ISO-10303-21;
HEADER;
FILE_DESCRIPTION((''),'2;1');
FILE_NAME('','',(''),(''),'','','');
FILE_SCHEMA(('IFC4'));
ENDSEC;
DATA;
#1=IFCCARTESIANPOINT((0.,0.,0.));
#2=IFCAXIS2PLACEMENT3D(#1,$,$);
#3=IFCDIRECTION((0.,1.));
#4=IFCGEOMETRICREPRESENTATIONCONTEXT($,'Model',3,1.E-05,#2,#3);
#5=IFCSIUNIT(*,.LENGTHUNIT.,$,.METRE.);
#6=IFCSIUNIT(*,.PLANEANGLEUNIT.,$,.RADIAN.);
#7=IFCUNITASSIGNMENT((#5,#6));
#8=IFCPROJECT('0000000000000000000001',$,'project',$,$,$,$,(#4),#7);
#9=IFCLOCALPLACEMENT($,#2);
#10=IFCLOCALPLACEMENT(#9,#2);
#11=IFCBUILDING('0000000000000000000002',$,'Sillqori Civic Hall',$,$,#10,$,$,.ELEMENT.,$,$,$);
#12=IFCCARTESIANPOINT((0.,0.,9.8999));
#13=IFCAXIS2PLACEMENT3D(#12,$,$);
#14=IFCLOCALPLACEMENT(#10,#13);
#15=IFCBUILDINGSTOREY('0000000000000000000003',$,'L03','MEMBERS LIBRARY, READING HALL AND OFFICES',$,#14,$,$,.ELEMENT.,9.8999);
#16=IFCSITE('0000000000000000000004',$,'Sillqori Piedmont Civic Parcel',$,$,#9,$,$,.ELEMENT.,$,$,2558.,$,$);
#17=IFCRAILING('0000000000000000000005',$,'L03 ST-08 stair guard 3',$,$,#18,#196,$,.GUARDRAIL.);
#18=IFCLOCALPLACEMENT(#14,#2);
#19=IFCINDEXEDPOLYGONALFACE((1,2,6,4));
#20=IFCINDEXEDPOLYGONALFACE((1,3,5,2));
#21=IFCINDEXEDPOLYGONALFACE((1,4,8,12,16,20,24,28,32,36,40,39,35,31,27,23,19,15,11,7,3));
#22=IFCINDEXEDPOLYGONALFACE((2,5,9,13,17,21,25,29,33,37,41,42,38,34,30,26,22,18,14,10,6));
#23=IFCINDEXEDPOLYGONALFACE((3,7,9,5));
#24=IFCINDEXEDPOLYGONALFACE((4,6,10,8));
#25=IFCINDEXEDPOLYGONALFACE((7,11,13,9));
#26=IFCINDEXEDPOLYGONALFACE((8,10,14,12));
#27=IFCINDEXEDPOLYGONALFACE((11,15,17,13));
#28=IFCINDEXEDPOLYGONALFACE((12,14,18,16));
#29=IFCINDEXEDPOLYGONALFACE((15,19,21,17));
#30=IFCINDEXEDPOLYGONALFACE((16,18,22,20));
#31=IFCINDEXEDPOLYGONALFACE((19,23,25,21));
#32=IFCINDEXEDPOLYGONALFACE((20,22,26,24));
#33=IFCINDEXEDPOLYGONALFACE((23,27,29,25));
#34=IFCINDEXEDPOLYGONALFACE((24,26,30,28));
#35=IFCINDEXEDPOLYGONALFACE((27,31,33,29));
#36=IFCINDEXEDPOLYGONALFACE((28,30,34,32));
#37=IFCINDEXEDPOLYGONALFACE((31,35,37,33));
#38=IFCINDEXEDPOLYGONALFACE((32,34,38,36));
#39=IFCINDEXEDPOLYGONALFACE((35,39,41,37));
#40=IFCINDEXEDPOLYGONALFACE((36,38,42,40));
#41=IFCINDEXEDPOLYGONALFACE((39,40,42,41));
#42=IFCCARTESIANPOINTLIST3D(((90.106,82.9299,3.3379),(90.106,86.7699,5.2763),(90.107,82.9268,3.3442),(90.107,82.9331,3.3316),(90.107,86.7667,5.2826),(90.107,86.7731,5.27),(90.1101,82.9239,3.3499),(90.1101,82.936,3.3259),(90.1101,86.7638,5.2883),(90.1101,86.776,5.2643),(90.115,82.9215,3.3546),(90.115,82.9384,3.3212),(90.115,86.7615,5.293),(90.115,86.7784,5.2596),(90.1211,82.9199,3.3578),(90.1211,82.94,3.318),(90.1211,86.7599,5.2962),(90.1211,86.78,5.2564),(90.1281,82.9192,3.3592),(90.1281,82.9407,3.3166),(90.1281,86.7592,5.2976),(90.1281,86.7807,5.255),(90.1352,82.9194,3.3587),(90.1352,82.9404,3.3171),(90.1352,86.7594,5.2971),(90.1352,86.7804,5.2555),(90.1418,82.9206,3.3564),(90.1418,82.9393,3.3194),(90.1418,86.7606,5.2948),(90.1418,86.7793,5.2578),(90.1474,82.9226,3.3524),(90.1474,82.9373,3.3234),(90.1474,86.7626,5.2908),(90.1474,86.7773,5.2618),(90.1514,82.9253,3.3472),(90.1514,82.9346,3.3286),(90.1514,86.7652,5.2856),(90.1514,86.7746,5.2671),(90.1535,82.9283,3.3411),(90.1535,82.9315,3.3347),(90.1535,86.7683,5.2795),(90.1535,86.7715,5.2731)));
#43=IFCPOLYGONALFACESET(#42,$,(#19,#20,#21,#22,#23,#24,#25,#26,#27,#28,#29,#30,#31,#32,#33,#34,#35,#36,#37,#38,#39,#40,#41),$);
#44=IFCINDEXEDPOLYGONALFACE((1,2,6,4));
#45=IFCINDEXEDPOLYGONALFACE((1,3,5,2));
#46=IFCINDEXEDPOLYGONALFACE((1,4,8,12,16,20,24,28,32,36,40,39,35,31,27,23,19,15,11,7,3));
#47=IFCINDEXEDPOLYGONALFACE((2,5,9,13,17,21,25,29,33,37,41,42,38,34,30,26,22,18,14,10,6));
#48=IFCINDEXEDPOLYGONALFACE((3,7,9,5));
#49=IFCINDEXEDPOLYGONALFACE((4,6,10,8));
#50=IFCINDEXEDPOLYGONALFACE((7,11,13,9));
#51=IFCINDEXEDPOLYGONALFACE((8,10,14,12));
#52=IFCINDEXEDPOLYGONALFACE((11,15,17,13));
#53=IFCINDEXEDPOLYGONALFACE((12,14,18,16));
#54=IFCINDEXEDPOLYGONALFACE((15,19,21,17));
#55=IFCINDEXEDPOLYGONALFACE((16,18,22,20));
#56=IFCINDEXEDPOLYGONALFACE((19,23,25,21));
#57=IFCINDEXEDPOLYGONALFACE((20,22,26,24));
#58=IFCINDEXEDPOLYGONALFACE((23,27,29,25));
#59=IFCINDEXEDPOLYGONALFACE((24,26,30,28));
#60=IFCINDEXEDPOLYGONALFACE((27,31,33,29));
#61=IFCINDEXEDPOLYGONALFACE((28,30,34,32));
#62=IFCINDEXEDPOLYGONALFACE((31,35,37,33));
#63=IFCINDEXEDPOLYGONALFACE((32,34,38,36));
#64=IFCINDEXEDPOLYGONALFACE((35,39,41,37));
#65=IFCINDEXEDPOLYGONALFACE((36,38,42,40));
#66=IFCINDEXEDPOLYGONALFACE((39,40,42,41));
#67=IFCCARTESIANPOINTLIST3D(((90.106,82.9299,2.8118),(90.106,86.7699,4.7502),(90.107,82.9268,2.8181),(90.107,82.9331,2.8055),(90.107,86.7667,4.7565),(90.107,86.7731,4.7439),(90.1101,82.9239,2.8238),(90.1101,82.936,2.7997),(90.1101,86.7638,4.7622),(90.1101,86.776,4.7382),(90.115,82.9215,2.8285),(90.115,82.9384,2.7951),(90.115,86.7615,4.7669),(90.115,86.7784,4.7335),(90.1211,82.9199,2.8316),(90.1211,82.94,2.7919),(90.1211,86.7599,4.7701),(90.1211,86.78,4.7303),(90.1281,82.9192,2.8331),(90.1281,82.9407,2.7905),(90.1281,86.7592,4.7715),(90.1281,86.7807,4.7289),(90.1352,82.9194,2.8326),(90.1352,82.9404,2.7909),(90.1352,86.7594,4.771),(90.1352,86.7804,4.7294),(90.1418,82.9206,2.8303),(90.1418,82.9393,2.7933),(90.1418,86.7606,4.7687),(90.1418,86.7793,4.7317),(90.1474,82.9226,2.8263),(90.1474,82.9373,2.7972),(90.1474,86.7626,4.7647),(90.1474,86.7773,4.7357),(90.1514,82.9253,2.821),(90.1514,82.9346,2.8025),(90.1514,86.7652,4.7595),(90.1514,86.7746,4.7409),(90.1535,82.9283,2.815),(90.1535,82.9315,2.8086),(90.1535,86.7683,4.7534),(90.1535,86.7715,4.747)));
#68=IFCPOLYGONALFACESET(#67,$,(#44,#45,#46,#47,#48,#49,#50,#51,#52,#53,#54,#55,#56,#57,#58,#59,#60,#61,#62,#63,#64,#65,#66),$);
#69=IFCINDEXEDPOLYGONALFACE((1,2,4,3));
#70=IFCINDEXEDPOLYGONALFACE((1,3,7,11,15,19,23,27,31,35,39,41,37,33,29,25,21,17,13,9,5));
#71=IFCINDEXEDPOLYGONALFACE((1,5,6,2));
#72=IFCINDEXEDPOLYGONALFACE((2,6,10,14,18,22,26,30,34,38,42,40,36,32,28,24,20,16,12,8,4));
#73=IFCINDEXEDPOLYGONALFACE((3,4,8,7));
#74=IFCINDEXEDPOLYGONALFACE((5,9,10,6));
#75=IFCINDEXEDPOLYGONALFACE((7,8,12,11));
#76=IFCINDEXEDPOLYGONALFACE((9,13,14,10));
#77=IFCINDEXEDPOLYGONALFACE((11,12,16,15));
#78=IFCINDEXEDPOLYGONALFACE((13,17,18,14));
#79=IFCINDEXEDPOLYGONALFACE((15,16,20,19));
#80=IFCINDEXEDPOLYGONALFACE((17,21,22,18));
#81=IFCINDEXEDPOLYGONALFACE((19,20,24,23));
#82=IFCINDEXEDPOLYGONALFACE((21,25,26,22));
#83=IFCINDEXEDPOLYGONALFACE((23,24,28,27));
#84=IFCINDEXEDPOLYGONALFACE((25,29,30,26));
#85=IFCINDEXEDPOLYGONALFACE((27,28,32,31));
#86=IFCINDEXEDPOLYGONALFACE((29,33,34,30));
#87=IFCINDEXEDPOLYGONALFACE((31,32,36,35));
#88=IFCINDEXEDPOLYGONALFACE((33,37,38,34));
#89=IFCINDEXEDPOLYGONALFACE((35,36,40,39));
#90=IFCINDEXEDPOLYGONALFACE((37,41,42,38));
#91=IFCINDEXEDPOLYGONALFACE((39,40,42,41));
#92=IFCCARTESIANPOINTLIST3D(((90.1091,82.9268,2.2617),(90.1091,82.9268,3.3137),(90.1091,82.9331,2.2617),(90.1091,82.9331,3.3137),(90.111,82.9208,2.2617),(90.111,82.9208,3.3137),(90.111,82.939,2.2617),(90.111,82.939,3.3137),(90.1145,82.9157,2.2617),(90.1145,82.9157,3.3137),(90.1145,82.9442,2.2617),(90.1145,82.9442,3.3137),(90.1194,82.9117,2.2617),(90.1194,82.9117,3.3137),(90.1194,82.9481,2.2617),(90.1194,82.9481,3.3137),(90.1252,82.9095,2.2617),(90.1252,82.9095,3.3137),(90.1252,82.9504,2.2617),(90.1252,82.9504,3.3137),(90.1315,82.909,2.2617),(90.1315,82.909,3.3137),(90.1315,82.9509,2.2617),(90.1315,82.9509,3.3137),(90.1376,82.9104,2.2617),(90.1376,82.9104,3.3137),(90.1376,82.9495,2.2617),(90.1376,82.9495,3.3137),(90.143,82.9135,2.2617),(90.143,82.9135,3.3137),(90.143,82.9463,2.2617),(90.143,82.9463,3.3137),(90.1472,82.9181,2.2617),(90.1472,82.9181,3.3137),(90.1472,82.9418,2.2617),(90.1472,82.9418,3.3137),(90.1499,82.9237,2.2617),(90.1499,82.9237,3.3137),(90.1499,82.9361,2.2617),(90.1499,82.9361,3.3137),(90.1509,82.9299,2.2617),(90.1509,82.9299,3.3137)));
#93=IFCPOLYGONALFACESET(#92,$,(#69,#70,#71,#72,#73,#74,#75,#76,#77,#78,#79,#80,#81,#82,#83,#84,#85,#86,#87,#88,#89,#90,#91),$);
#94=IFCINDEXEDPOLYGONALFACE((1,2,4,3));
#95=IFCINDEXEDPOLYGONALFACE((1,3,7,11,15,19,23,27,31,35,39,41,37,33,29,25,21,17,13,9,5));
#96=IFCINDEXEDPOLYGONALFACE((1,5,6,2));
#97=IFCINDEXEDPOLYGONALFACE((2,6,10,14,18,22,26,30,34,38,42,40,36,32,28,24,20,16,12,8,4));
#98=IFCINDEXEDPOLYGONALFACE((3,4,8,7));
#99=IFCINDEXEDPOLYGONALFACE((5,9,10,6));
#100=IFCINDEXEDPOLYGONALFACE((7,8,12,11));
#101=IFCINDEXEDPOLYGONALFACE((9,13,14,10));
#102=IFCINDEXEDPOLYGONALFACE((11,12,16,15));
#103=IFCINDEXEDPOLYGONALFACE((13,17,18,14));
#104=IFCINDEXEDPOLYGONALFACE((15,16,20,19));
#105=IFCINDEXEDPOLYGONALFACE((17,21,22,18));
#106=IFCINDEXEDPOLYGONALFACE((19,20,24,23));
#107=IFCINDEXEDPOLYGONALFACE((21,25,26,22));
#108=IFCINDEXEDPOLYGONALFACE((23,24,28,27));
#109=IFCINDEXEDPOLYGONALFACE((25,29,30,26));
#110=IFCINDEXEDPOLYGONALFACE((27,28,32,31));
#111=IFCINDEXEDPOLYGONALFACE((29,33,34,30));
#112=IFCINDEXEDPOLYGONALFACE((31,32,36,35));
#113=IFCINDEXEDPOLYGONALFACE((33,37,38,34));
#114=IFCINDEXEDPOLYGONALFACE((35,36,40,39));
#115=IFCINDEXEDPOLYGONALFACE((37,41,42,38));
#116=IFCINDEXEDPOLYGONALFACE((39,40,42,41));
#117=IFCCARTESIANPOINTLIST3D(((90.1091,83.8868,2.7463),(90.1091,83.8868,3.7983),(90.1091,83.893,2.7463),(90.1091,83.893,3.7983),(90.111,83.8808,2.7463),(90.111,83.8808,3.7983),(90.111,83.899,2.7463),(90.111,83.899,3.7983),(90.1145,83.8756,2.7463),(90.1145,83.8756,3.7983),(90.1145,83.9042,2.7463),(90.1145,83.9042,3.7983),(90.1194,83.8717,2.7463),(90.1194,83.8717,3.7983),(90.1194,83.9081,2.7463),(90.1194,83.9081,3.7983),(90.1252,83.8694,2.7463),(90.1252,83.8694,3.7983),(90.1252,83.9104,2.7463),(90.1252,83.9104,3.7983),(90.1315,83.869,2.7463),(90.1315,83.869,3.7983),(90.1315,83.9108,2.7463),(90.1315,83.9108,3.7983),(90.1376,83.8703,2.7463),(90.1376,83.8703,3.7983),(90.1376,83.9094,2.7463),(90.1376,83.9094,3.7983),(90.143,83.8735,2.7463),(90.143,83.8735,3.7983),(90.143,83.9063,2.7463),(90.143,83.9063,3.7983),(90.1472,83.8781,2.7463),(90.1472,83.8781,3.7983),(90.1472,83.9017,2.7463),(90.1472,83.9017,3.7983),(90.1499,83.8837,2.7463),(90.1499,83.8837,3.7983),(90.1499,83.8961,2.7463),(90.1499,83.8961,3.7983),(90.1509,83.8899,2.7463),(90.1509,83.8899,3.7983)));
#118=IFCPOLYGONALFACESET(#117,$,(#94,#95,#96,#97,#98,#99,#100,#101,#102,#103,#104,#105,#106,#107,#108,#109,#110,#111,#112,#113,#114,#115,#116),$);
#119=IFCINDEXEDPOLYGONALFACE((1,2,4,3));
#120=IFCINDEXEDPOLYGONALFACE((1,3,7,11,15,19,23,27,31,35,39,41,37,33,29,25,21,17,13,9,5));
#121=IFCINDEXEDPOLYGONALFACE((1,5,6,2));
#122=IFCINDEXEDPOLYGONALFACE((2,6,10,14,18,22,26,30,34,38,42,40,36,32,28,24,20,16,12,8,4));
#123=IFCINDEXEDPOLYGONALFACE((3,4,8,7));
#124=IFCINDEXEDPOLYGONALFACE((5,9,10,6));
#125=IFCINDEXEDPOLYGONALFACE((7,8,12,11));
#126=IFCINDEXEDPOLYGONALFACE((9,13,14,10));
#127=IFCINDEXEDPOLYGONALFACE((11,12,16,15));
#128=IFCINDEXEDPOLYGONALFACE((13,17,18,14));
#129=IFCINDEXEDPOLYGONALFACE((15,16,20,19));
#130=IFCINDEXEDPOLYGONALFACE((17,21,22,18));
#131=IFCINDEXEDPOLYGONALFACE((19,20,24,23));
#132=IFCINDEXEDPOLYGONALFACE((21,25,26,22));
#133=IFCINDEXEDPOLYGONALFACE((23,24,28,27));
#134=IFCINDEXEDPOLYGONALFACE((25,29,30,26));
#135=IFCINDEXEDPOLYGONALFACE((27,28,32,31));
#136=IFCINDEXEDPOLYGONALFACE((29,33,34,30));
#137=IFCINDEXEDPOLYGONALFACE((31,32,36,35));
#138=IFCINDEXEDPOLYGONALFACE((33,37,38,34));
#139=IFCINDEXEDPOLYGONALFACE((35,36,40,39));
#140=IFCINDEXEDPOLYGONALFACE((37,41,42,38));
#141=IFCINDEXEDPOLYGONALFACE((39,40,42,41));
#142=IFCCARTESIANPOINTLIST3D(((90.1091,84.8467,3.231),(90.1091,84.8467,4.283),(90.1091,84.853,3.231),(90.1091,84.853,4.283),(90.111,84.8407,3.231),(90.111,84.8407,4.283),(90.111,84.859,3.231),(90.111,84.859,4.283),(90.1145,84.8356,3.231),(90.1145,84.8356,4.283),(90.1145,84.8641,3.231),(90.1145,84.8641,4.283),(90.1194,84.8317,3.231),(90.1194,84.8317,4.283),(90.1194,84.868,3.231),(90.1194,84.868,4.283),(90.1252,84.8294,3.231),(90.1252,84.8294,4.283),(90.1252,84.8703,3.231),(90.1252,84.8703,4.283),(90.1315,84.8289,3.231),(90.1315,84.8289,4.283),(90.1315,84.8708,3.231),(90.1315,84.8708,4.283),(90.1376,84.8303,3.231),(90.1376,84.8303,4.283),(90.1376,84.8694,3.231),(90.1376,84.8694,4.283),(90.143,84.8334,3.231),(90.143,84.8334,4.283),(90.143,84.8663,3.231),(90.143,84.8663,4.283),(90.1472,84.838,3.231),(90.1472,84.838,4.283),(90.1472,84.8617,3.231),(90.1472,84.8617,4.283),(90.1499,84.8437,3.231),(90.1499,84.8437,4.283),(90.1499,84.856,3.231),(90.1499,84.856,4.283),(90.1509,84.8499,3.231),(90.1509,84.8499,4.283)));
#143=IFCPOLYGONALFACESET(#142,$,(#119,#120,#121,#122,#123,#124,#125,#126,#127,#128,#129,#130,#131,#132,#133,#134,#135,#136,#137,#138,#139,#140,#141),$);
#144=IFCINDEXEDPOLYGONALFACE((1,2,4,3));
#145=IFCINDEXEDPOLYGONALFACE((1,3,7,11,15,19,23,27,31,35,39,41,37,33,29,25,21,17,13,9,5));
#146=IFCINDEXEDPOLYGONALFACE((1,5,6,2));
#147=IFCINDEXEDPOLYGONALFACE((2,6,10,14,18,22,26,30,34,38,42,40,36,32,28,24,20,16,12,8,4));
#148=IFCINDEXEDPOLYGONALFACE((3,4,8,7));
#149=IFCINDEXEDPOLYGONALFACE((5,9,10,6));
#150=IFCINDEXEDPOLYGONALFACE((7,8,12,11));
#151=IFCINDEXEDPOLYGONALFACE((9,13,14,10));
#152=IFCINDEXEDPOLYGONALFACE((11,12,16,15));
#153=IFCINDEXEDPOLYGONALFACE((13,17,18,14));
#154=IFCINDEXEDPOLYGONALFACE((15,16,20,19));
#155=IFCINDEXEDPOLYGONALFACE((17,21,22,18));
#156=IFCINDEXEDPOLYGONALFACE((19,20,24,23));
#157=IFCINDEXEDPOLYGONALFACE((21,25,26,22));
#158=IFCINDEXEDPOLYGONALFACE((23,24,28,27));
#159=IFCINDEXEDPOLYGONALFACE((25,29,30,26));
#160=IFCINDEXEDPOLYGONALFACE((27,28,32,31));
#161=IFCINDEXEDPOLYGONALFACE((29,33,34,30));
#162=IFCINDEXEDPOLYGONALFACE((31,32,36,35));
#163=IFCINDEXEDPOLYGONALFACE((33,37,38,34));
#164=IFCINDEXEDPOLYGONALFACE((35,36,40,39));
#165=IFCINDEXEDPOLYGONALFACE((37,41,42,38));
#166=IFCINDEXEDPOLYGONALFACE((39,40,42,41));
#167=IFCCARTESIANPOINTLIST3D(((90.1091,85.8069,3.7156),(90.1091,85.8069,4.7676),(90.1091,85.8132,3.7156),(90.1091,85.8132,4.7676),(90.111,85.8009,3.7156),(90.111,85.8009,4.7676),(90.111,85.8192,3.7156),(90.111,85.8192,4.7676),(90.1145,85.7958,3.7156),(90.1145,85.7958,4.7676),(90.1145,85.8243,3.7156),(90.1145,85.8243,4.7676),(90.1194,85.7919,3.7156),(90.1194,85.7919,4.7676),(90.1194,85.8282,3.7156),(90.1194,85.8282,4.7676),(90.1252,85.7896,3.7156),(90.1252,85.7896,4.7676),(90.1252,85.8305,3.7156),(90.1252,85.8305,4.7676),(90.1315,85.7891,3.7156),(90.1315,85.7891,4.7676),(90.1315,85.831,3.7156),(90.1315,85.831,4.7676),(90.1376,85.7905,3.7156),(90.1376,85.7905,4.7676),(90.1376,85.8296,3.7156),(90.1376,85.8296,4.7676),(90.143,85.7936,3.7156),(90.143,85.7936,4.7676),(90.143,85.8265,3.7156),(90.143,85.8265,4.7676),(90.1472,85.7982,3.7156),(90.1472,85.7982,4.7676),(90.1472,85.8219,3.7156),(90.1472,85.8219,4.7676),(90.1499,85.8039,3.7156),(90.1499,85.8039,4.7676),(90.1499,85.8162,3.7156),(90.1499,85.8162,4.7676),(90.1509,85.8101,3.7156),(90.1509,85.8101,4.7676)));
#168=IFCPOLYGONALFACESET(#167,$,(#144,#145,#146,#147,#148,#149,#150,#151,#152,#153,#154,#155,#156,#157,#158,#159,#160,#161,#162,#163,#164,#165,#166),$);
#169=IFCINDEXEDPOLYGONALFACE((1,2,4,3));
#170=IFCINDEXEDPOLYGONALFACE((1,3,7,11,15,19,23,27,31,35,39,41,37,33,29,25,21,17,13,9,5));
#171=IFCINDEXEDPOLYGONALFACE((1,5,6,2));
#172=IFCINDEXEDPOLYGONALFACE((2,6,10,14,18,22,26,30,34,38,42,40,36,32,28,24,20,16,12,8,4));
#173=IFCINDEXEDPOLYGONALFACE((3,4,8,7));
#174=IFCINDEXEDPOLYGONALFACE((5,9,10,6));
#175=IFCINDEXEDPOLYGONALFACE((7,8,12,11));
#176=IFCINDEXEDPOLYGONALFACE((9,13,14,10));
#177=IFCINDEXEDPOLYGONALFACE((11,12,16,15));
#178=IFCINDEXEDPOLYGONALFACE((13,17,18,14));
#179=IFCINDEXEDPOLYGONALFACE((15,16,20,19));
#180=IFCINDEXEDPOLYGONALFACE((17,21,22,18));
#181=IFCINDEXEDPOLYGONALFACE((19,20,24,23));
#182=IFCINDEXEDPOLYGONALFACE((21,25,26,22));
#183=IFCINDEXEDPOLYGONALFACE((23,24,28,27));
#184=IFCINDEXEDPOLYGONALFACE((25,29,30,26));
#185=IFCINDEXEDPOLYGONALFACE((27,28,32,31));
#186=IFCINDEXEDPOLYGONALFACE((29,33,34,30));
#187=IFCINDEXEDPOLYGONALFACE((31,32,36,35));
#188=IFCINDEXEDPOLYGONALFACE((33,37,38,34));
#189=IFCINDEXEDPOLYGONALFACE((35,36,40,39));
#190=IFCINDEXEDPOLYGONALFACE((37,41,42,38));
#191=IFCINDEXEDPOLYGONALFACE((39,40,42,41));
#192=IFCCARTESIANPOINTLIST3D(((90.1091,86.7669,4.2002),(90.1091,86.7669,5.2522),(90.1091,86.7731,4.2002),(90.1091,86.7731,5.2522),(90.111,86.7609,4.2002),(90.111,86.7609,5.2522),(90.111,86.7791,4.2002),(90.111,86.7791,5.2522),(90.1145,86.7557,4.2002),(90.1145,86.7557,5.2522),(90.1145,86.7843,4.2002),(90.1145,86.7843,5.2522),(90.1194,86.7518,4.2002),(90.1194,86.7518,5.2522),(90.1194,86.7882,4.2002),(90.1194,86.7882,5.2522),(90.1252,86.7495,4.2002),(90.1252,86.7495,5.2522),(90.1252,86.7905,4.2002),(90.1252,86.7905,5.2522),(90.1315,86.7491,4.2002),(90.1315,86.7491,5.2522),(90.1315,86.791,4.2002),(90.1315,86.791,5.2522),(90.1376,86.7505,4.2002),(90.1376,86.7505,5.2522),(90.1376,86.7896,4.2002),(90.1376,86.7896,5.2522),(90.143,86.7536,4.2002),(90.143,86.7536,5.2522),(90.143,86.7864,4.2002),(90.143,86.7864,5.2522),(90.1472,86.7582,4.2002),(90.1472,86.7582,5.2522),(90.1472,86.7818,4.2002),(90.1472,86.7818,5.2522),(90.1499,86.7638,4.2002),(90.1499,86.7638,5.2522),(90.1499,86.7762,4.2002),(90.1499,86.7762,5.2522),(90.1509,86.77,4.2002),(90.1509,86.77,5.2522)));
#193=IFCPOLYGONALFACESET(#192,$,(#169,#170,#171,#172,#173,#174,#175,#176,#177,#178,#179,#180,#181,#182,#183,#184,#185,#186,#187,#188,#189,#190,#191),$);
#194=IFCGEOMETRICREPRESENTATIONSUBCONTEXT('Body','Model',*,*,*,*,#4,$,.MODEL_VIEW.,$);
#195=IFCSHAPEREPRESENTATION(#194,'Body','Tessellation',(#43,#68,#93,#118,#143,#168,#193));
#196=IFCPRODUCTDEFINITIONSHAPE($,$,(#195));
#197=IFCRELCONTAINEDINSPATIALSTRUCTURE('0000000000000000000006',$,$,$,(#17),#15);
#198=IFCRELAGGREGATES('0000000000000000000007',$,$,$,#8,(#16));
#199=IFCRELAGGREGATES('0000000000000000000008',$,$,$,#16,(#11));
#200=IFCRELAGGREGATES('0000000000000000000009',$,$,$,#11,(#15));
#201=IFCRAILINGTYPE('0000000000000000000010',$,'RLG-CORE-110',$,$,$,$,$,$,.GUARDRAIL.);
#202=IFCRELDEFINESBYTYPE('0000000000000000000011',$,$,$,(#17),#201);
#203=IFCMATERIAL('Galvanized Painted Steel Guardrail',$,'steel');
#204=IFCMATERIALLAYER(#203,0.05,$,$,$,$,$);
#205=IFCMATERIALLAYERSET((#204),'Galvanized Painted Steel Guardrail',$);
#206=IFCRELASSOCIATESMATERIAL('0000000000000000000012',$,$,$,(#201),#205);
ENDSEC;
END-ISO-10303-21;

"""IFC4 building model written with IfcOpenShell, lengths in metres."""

from ifc_helpers import new_model, si_unit, direction, frame, origin, origin_2d, place, context, subcontext, project, spatial, circle, extrude, material, layer, layer_set, type_object, element, save


model = new_model("IFC4")

# Units and contexts
model_context = context("Model", 3, precision=1e-05, world=origin(), true_north=direction((0.0, 1.0)))
body_context = subcontext(model_context, "Body", "Model", "MODEL_VIEW")
ifc_project = project(units=[si_unit("LENGTHUNIT", "METRE"), si_unit("PLANEANGLEUNIT", "RADIAN")], contexts=[model_context])

# Site, building, storey
site_placement = place(None, origin())
site = spatial("IfcSite", under=ifc_project, at=site_placement, Name="Sillqori Piedmont Civic Parcel", CompositionType="ELEMENT", RefElevation=2558.0)
building_placement = place(site_placement, origin())
building = spatial("IfcBuilding", under=site, at=building_placement, Name="Sillqori Civic Hall", CompositionType="ELEMENT")
storey_placement = place(building_placement, frame((0.0, 0.0, 9.8999)))
storey = spatial("IfcBuildingStorey", under=building, at=storey_placement, Name="L03", Description="MEMBERS LIBRARY, READING HALL AND OFFICES", CompositionType="ELEMENT", Elevation=9.8999)

# Railing
ifc_material_1 = material(Name="Galvanized Painted Steel Guardrail", Category="steel")
ifc_layer_1 = layer(ifc_material_1, 0.05)
ifc_layer_set_1 = layer_set([ifc_layer_1], Name="Galvanized Painted Steel Guardrail")
railing_type_1 = type_object("IfcRailingType", Name="RLG-CORE-110", PredefinedType="GUARDRAIL", material=ifc_layer_set_1)
railing_1_placement = place(storey_placement, frame((90.1299, 82.9299, 2.2617)))
element("IfcRailing", 1, at=railing_1_placement, inside=storey, type_object=railing_type_1, Name="L03 ST-08 stair guard 3", PredefinedType="GUARDRAIL", context=body_context, shape_type="SweptSolid", body=[
    extrude(circle(Radius=0.0239, at=origin_2d()), frame((0.0, 0.0, 1.0762), z_axis=(0.0, 0.892707, 0.450638), x_axis=(-1.0, 0.0, 0.0)), (0.0, 0.0, 1.0), 4.3015),
    extrude(circle(Radius=0.0239, at=origin_2d()), frame((0.0, 0.0, 0.55), z_axis=(0.0, 0.892707, 0.450638), x_axis=(-1.0, 0.0, 0.0)), (0.0, 0.0, 1.0), 4.3015),
    extrude(circle(Radius=0.021, at=origin_2d()), origin(), (0.0, 0.0, 1.0), 1.052),
    extrude(circle(Radius=0.021, at=origin_2d()), frame((0.0, 0.96, 0.4846)), (0.0, 0.0, 1.0), 1.052),
    extrude(circle(Radius=0.021, at=origin_2d()), frame((0.0, 1.9199, 0.9692)), (0.0, 0.0, 1.0), 1.052),
    extrude(circle(Radius=0.021, at=origin_2d()), frame((0.0, 2.8801, 1.4539)), (0.0, 0.0, 1.0), 1.052),
    extrude(circle(Radius=0.021, at=origin_2d()), frame((0.0, 3.8401, 1.9385)), (0.0, 0.0, 1.0), 1.052),
])

save(model, "model.ifc")
